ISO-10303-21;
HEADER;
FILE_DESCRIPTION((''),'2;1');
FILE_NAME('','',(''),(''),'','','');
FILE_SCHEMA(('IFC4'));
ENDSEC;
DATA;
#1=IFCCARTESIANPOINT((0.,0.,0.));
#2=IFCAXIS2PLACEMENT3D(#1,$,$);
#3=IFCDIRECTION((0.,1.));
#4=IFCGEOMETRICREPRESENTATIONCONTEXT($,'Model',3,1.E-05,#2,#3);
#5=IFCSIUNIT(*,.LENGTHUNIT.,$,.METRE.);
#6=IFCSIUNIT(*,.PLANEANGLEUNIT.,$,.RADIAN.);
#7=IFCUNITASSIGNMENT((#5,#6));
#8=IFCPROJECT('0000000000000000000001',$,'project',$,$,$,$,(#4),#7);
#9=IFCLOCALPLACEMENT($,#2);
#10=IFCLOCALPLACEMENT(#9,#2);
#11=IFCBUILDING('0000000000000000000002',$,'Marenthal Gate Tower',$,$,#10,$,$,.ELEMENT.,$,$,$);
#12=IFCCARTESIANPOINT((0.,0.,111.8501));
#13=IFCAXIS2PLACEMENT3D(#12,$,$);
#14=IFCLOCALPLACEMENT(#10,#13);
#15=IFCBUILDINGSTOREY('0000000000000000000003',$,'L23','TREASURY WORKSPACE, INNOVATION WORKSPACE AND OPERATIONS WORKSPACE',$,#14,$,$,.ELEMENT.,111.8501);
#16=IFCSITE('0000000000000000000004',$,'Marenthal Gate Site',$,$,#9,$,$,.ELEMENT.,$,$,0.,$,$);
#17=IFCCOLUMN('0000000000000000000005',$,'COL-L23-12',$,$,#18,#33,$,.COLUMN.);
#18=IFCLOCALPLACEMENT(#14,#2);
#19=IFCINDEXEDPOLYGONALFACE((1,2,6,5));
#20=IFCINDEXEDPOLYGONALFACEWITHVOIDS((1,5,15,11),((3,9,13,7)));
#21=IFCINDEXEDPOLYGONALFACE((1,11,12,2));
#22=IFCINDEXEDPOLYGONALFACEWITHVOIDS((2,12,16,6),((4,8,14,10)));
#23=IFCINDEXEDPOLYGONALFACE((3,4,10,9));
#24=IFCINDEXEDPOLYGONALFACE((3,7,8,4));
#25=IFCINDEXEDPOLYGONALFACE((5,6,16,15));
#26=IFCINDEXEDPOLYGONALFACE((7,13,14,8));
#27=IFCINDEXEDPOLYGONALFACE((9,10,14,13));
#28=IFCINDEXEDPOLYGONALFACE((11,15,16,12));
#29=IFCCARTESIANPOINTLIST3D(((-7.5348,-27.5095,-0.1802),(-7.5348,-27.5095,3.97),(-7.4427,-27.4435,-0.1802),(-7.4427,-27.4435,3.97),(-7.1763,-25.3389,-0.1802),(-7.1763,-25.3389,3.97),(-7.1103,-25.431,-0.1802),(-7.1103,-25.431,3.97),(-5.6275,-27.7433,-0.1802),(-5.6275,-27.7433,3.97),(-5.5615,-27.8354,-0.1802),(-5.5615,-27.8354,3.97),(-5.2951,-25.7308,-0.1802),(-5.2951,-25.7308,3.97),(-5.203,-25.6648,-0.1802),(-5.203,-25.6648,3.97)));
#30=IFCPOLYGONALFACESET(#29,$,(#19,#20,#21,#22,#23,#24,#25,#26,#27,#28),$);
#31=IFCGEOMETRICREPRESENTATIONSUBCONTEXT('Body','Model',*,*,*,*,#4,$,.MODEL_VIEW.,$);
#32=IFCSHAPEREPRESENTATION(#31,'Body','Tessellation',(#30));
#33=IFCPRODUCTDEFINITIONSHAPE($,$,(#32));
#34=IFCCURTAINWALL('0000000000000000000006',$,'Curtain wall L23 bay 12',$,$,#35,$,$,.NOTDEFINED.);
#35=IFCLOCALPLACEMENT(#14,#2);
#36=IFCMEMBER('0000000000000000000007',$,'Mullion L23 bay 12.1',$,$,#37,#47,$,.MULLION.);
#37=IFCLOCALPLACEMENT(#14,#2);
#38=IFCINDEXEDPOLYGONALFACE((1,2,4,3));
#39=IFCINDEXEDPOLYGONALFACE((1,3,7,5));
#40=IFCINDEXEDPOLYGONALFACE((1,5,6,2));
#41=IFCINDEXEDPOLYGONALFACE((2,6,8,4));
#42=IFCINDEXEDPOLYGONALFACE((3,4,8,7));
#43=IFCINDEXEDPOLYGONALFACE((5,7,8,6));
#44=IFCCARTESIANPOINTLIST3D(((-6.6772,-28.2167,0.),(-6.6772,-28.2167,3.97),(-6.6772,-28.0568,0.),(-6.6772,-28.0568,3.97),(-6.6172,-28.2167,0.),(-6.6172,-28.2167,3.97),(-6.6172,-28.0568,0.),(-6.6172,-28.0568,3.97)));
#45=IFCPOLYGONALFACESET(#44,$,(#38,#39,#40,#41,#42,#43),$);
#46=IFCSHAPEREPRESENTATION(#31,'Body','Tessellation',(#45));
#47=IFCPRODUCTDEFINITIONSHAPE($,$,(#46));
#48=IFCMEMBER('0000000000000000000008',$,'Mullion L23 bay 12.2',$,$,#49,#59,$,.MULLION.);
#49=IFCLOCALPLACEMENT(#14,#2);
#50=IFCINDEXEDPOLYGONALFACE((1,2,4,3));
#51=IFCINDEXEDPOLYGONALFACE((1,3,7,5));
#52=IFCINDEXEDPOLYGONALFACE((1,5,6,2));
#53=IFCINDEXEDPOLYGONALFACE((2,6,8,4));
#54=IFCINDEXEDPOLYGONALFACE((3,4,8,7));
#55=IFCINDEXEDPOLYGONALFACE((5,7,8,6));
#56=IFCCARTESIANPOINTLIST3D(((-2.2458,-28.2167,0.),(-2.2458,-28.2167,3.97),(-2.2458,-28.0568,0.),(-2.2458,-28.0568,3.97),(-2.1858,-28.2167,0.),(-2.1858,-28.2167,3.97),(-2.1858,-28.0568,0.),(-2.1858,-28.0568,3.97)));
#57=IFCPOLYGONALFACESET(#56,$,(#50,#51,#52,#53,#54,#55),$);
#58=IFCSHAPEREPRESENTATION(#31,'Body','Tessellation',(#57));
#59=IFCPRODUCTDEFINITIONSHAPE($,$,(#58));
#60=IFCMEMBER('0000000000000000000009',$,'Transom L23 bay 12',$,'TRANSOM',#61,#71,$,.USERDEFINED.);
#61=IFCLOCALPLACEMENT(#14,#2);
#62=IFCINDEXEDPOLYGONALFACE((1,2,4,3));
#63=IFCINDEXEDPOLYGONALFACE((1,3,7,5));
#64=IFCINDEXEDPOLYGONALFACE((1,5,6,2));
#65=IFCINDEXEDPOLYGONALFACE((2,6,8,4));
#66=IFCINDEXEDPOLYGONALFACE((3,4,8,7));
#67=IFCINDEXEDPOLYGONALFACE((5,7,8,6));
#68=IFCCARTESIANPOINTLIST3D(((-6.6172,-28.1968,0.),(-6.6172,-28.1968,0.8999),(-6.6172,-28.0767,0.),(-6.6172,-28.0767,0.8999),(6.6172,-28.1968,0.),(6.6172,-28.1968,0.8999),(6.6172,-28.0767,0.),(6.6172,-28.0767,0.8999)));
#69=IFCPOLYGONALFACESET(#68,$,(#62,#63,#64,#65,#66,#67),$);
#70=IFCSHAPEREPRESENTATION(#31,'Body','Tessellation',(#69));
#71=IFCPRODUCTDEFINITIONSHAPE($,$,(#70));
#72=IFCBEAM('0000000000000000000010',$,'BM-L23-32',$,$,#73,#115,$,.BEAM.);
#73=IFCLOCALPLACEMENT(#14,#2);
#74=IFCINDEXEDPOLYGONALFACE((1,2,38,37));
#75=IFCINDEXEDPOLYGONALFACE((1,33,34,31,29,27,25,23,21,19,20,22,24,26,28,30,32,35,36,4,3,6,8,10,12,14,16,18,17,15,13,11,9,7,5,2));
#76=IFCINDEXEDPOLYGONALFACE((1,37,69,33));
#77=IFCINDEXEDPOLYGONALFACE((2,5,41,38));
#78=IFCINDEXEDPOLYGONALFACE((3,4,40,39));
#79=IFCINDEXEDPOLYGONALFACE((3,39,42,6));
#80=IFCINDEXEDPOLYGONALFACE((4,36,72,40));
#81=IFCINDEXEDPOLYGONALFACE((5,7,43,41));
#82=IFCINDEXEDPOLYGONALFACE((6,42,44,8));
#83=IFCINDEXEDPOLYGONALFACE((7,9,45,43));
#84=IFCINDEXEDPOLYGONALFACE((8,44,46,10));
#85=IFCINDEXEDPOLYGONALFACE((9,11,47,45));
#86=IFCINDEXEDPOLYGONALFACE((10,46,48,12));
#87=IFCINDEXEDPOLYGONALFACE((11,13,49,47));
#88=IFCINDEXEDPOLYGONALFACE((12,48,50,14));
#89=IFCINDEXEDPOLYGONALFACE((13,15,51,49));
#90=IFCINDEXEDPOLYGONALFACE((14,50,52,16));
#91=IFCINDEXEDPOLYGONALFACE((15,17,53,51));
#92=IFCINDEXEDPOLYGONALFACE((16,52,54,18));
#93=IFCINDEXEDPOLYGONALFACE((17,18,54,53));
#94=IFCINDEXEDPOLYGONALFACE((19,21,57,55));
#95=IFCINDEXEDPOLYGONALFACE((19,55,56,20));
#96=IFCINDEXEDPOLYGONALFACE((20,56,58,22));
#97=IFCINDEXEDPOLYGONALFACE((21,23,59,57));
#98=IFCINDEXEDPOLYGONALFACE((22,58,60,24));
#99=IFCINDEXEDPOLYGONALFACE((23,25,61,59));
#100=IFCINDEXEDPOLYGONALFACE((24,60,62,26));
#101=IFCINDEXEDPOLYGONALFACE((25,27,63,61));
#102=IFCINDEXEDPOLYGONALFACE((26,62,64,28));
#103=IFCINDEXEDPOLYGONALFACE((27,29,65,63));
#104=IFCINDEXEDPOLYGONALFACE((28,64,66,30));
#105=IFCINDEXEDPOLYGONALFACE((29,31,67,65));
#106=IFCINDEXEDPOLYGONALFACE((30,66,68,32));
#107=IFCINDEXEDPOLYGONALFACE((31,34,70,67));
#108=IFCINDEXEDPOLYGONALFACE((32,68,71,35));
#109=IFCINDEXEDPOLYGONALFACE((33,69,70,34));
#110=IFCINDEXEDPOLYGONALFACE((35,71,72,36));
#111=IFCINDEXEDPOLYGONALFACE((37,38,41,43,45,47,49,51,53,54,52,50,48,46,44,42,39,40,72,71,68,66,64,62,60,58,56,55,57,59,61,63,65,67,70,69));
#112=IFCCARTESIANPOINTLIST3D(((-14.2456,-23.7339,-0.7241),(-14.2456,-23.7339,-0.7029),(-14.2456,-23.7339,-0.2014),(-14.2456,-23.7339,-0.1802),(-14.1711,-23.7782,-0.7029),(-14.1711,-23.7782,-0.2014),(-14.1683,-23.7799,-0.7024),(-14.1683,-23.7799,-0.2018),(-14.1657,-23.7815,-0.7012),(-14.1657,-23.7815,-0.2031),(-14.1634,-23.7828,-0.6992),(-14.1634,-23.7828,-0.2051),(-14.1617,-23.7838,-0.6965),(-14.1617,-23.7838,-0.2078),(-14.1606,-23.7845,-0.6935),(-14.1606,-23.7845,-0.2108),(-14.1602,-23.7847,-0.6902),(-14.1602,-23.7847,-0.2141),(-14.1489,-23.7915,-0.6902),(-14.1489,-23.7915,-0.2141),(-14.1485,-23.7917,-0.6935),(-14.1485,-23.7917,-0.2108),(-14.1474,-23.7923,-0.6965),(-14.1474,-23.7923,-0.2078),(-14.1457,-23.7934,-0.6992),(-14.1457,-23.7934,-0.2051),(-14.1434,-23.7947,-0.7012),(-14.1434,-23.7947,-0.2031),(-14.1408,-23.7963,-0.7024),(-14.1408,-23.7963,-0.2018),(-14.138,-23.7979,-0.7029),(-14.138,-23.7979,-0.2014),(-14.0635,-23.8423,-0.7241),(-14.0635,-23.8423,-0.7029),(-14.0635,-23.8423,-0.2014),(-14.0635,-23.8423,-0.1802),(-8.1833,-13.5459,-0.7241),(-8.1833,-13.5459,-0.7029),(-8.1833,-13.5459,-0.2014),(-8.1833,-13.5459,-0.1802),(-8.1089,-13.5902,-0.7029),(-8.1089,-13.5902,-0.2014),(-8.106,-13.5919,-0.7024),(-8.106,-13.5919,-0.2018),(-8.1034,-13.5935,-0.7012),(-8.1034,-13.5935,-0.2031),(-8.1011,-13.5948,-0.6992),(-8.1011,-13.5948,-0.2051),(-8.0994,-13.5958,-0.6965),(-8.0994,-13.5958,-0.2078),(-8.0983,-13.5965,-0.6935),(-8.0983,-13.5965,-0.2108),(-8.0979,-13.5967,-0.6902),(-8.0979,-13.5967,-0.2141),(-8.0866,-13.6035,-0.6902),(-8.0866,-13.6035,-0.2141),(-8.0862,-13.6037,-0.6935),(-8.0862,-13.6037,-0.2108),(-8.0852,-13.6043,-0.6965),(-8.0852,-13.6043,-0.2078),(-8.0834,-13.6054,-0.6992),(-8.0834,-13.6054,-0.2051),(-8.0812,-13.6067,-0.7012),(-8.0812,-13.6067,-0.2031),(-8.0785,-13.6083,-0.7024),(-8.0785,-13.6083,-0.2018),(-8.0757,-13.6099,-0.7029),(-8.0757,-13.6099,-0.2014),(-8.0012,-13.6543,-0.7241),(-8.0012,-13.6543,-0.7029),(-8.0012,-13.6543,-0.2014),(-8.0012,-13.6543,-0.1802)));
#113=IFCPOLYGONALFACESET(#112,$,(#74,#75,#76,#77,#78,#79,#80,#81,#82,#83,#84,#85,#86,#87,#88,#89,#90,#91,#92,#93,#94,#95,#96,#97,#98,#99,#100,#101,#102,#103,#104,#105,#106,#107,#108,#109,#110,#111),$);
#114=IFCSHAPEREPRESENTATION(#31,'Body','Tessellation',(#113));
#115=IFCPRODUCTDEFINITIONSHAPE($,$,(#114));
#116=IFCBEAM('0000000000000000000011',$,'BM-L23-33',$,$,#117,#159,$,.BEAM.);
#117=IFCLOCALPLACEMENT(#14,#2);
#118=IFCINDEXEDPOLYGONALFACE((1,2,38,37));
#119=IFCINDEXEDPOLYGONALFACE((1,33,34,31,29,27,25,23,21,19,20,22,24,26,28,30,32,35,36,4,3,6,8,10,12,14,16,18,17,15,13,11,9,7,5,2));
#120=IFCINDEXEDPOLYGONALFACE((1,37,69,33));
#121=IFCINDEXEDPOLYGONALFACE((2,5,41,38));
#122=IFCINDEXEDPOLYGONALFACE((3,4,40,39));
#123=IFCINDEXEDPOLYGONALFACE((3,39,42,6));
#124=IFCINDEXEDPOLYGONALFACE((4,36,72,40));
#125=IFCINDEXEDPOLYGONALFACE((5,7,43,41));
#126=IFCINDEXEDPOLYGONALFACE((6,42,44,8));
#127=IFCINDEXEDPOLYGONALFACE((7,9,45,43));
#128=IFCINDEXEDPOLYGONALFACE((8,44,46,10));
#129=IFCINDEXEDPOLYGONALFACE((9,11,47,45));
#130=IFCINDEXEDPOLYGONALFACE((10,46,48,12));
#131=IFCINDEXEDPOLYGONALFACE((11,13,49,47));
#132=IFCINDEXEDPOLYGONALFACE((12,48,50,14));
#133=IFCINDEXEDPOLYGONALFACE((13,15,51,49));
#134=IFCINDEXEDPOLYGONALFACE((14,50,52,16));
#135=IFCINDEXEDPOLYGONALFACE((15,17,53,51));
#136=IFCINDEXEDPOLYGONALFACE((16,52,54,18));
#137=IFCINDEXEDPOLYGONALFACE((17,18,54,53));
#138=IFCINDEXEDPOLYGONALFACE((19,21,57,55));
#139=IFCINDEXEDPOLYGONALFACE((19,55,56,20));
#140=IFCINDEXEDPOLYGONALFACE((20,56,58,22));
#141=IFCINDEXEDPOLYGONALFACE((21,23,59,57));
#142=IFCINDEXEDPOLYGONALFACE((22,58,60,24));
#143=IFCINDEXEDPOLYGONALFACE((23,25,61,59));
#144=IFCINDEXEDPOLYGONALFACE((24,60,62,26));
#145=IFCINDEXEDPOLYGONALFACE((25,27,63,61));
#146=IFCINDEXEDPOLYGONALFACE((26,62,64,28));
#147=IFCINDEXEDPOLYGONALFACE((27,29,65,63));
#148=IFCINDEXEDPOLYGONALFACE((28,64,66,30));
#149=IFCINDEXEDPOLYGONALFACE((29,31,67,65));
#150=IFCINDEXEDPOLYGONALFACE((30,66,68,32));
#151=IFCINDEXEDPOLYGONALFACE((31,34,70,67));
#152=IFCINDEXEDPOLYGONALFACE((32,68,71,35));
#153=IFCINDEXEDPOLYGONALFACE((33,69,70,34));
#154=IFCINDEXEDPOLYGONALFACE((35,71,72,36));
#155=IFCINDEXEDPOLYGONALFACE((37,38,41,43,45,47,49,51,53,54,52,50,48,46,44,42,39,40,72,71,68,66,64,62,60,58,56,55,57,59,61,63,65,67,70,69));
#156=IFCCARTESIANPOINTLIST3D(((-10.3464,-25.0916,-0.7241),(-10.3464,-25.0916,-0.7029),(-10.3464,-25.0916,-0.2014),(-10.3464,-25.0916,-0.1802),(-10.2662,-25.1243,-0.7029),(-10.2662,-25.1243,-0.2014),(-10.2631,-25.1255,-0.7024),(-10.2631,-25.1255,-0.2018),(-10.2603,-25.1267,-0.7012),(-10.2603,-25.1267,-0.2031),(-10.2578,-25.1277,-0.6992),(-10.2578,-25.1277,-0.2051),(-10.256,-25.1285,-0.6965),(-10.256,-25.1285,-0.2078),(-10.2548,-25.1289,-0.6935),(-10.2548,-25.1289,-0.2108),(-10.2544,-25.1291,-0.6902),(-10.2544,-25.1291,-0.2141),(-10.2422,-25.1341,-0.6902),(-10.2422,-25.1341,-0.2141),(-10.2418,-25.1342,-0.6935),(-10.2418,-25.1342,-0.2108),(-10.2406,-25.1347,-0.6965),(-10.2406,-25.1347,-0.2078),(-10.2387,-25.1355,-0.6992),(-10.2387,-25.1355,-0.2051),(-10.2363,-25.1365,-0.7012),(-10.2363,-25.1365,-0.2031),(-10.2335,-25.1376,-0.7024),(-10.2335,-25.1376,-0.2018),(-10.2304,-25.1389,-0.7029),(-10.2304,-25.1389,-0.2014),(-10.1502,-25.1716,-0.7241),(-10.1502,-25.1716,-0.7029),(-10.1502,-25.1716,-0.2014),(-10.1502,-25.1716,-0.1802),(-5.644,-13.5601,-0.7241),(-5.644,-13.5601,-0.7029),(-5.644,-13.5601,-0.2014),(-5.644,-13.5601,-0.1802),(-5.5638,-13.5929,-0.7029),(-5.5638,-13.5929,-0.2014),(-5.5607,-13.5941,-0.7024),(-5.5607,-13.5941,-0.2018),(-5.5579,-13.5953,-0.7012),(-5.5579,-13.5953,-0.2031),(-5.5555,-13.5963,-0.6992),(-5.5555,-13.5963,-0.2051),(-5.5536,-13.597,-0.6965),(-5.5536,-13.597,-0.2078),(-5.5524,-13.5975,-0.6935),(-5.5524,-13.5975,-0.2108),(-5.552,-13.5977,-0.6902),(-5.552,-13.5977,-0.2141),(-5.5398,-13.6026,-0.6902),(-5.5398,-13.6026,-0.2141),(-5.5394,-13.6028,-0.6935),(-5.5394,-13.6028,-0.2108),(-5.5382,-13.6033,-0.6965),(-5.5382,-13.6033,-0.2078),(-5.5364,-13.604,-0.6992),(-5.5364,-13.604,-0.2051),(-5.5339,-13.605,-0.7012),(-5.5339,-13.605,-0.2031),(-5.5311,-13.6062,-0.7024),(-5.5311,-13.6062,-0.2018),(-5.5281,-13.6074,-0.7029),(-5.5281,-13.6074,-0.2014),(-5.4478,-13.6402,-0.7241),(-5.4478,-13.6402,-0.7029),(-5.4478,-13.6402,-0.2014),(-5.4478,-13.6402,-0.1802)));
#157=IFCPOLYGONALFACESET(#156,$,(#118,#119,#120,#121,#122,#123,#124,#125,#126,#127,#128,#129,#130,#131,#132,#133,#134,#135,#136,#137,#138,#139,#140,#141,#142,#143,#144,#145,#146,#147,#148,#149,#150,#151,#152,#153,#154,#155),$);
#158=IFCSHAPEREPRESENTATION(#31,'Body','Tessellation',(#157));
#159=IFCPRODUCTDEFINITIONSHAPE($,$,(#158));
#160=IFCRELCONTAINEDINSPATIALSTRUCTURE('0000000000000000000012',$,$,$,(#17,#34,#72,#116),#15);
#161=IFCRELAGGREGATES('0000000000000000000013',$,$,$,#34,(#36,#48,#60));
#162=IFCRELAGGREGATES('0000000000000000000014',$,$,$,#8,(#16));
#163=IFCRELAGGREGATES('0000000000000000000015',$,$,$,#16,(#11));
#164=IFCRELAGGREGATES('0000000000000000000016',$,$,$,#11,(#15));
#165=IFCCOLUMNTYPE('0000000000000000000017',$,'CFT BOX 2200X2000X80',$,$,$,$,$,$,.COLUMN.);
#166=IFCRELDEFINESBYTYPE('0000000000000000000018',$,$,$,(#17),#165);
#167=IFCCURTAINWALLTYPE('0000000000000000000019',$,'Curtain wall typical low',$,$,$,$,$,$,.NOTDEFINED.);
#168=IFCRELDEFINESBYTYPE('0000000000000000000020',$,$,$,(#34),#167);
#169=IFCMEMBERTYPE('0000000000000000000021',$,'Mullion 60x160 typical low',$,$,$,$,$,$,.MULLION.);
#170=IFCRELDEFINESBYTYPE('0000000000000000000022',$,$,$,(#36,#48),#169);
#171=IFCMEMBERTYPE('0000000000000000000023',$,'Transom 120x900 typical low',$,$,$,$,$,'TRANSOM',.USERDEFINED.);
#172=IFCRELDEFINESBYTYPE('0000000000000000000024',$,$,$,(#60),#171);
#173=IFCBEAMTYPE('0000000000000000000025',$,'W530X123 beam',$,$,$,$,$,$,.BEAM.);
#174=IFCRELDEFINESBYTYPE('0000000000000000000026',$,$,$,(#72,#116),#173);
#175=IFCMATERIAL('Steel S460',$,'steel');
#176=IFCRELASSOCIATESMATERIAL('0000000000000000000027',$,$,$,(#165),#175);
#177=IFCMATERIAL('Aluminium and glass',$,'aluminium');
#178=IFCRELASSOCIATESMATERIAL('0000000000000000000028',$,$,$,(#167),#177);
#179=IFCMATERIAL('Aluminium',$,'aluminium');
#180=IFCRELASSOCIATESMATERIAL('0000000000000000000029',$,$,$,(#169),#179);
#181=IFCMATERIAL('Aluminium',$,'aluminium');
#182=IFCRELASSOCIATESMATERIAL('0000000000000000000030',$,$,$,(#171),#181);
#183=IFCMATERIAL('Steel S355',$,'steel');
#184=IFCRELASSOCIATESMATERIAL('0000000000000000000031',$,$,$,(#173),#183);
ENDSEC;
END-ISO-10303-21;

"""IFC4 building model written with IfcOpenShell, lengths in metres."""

from ifc_helpers import new_model, si_unit, direction, frame, origin, origin_2d, place, context, subcontext, project, spatial, rectangle, hollow_rectangle, i_section, extrude, material, material_profile, profile_set, type_object, element, aggregate, save


model = new_model("IFC4")

# Units and contexts
model_context = context("Model", 3, precision=1e-05, world=origin(), true_north=direction((0.0, 1.0)))
body_context = subcontext(model_context, "Body", "Model", "MODEL_VIEW")
ifc_project = project(units=[si_unit("LENGTHUNIT", "METRE"), si_unit("PLANEANGLEUNIT", "RADIAN")], contexts=[model_context])

# Site, building, storey
site_placement = place(None, origin())
site = spatial("IfcSite", under=ifc_project, at=site_placement, Name="Marenthal Gate Site", CompositionType="ELEMENT", RefElevation=0.0)
building_placement = place(site_placement, origin())
building = spatial("IfcBuilding", under=site, at=building_placement, Name="Marenthal Gate Tower", CompositionType="ELEMENT")
storey_placement = place(building_placement, frame((0.0, 0.0, 111.8501)))
storey = spatial("IfcBuildingStorey", under=building, at=storey_placement, Name="L23", Description="TREASURY WORKSPACE, INNOVATION WORKSPACE AND OPERATIONS WORKSPACE", CompositionType="ELEMENT", Elevation=111.8501)

# Column
ifc_material_1 = material(Name="Steel S460", Category="steel")
ifc_material_profile_1 = material_profile(ifc_material_1, hollow_rectangle(XDim=2.0, YDim=2.2, WallThickness=0.0801, at=origin_2d()), Name="CFT BOX 2200X2000X80")
ifc_material_2 = material(Name="Concrete 70 MPa", Category="concrete")
ifc_material_profile_2 = material_profile(ifc_material_2, rectangle(XDim=1.8401, YDim=2.04, at=origin_2d()), Name="CFT BOX 2200X2000X80 INFILL")
ifc_profile_set_1 = profile_set([ifc_material_profile_1, ifc_material_profile_2], Name="Steel S460 shell, Concrete 70 MPa infill")
column_type = type_object("IfcColumnType", Name="CFT BOX 2200X2000X80", PredefinedType="COLUMN", material=ifc_profile_set_1)
column_placement = place(storey_placement, frame((-6.3689, -26.5872, -0.1802), z_axis=(0.0, 0.0, 1.0), x_axis=(-0.986633, 0.162961, 0.0)))
element("IfcColumn", 1, at=column_placement, inside=storey, type_object=column_type, Name="COL-L23-12", PredefinedType="COLUMN", context=body_context, shape_type="SweptSolid", body=[
    extrude(hollow_rectangle(XDim=2.0, YDim=2.2, WallThickness=0.0801, at=origin_2d()), origin(), (0.0, 0.0, 1.0), 4.1501),
])

# Curtain wall, members
ifc_material_3 = material(Name="Aluminium and glass", Category="aluminium")
curtain_wall_type = type_object("IfcCurtainWallType", Name="Curtain wall typical low", PredefinedType="NOTDEFINED", material=ifc_material_3)
curtain_wall_placement = place(storey_placement, origin())
curtain_wall = element("IfcCurtainWall", 2, at=curtain_wall_placement, inside=storey, type_object=curtain_wall_type, Name="Curtain wall L23 bay 12", PredefinedType="NOTDEFINED")
ifc_material_4 = material(Name="Aluminium", Category="aluminium")
ifc_material_profile_3 = material_profile(ifc_material_4, rectangle(XDim=0.1599, YDim=0.0601, at=origin_2d()), Name="60x160 aluminium mullion")
ifc_profile_set_2 = profile_set([ifc_material_profile_3], Name="Aluminium")
member_type_1 = type_object("IfcMemberType", Name="Mullion 60x160 typical low", PredefinedType="MULLION", material=ifc_profile_set_2)
member_1_placement = place(storey_placement, frame((-6.6472, -28.1367, 0.0), z_axis=(0.0, 0.0, 1.0), x_axis=(0.0, 1.0, 0.0)))
member_1 = element("IfcMember", 3, at=member_1_placement, type_object=member_type_1, Name="Mullion L23 bay 12.1", PredefinedType="MULLION", context=body_context, shape_type="SweptSolid", body=[
    extrude(rectangle(XDim=0.1599, YDim=0.0601, at=origin_2d()), origin(), (0.0, 0.0, 1.0), 3.97),
])
member_2_placement = place(storey_placement, frame((-2.2158, -28.1367, 0.0), z_axis=(0.0, 0.0, 1.0), x_axis=(0.0, 1.0, 0.0)))
member_2 = element("IfcMember", 4, at=member_2_placement, type_object=member_type_1, Name="Mullion L23 bay 12.2", PredefinedType="MULLION", context=body_context, shape_type="SweptSolid", body=[
    extrude(rectangle(XDim=0.1599, YDim=0.0601, at=origin_2d()), origin(), (0.0, 0.0, 1.0), 3.97),
])
ifc_material_5 = material(Name="Aluminium", Category="aluminium")
ifc_material_profile_4 = material_profile(ifc_material_5, rectangle(XDim=0.1201, YDim=0.8999, at=origin_2d()), Name="120x900 aluminium transom")
ifc_profile_set_3 = profile_set([ifc_material_profile_4], Name="Aluminium")
member_type_2 = type_object("IfcMemberType", Name="Transom 120x900 typical low", ElementType="TRANSOM", PredefinedType="USERDEFINED", material=ifc_profile_set_3)
member_3_placement = place(storey_placement, frame((-6.6172, -28.1367, 0.45), z_axis=(1.0, 0.0, 0.0), x_axis=(0.0, 1.0, 0.0)))
member_3 = element("IfcMember", 5, at=member_3_placement, type_object=member_type_2, Name="Transom L23 bay 12", ObjectType="TRANSOM", PredefinedType="USERDEFINED", context=body_context, shape_type="SweptSolid", body=[
    extrude(rectangle(XDim=0.1201, YDim=0.8999, at=origin_2d()), origin(), (0.0, 0.0, 1.0), 13.2344),
])

# Beams
ifc_material_6 = material(Name="Steel S355", Category="steel")
ifc_material_profile_5 = material_profile(ifc_material_6, i_section(OverallWidth=0.2119, OverallDepth=0.5439, WebThickness=0.0132, FlangeThickness=0.0212, FilletRadius=0.0127, at=origin_2d()), Name="W530X123")
ifc_profile_set_4 = profile_set([ifc_material_profile_5], Name="Steel S355")
beam_type_1 = type_object("IfcBeamType", Name="W530X123 beam", PredefinedType="BEAM", material=ifc_profile_set_4)
beam_1_placement = place(storey_placement, frame((-14.1545, -23.7881, -0.4521), z_axis=(0.511358, 0.859368, 0.0), x_axis=(-0.859368, 0.511358, 0.0)))
element("IfcBeam", 6, at=beam_1_placement, inside=storey, type_object=beam_type_1, Name="BM-L23-32", PredefinedType="BEAM", context=body_context, shape_type="SweptSolid", body=[
    extrude(i_section(OverallWidth=0.2119, OverallDepth=0.5439, WebThickness=0.0132, FlangeThickness=0.0212, FilletRadius=0.0127, at=origin_2d()), origin(), (0.0, 0.0, 1.0), 11.8552),
])
beam_2_placement = place(storey_placement, frame((-10.2483, -25.1316, -0.4521), z_axis=(0.377598, 0.92597, 0.0), x_axis=(-0.92597, 0.377598, 0.0)))
element("IfcBeam", 7, at=beam_2_placement, inside=storey, type_object=beam_type_1, Name="BM-L23-33", PredefinedType="BEAM", context=body_context, shape_type="SweptSolid", body=[
    extrude(i_section(OverallWidth=0.2119, OverallDepth=0.5439, WebThickness=0.0132, FlangeThickness=0.0212, FilletRadius=0.0127, at=origin_2d()), origin(), (0.0, 0.0, 1.0), 12.4534),
])

aggregate(curtain_wall, [member_1, member_2, member_3])

save(model, "model.ifc")
